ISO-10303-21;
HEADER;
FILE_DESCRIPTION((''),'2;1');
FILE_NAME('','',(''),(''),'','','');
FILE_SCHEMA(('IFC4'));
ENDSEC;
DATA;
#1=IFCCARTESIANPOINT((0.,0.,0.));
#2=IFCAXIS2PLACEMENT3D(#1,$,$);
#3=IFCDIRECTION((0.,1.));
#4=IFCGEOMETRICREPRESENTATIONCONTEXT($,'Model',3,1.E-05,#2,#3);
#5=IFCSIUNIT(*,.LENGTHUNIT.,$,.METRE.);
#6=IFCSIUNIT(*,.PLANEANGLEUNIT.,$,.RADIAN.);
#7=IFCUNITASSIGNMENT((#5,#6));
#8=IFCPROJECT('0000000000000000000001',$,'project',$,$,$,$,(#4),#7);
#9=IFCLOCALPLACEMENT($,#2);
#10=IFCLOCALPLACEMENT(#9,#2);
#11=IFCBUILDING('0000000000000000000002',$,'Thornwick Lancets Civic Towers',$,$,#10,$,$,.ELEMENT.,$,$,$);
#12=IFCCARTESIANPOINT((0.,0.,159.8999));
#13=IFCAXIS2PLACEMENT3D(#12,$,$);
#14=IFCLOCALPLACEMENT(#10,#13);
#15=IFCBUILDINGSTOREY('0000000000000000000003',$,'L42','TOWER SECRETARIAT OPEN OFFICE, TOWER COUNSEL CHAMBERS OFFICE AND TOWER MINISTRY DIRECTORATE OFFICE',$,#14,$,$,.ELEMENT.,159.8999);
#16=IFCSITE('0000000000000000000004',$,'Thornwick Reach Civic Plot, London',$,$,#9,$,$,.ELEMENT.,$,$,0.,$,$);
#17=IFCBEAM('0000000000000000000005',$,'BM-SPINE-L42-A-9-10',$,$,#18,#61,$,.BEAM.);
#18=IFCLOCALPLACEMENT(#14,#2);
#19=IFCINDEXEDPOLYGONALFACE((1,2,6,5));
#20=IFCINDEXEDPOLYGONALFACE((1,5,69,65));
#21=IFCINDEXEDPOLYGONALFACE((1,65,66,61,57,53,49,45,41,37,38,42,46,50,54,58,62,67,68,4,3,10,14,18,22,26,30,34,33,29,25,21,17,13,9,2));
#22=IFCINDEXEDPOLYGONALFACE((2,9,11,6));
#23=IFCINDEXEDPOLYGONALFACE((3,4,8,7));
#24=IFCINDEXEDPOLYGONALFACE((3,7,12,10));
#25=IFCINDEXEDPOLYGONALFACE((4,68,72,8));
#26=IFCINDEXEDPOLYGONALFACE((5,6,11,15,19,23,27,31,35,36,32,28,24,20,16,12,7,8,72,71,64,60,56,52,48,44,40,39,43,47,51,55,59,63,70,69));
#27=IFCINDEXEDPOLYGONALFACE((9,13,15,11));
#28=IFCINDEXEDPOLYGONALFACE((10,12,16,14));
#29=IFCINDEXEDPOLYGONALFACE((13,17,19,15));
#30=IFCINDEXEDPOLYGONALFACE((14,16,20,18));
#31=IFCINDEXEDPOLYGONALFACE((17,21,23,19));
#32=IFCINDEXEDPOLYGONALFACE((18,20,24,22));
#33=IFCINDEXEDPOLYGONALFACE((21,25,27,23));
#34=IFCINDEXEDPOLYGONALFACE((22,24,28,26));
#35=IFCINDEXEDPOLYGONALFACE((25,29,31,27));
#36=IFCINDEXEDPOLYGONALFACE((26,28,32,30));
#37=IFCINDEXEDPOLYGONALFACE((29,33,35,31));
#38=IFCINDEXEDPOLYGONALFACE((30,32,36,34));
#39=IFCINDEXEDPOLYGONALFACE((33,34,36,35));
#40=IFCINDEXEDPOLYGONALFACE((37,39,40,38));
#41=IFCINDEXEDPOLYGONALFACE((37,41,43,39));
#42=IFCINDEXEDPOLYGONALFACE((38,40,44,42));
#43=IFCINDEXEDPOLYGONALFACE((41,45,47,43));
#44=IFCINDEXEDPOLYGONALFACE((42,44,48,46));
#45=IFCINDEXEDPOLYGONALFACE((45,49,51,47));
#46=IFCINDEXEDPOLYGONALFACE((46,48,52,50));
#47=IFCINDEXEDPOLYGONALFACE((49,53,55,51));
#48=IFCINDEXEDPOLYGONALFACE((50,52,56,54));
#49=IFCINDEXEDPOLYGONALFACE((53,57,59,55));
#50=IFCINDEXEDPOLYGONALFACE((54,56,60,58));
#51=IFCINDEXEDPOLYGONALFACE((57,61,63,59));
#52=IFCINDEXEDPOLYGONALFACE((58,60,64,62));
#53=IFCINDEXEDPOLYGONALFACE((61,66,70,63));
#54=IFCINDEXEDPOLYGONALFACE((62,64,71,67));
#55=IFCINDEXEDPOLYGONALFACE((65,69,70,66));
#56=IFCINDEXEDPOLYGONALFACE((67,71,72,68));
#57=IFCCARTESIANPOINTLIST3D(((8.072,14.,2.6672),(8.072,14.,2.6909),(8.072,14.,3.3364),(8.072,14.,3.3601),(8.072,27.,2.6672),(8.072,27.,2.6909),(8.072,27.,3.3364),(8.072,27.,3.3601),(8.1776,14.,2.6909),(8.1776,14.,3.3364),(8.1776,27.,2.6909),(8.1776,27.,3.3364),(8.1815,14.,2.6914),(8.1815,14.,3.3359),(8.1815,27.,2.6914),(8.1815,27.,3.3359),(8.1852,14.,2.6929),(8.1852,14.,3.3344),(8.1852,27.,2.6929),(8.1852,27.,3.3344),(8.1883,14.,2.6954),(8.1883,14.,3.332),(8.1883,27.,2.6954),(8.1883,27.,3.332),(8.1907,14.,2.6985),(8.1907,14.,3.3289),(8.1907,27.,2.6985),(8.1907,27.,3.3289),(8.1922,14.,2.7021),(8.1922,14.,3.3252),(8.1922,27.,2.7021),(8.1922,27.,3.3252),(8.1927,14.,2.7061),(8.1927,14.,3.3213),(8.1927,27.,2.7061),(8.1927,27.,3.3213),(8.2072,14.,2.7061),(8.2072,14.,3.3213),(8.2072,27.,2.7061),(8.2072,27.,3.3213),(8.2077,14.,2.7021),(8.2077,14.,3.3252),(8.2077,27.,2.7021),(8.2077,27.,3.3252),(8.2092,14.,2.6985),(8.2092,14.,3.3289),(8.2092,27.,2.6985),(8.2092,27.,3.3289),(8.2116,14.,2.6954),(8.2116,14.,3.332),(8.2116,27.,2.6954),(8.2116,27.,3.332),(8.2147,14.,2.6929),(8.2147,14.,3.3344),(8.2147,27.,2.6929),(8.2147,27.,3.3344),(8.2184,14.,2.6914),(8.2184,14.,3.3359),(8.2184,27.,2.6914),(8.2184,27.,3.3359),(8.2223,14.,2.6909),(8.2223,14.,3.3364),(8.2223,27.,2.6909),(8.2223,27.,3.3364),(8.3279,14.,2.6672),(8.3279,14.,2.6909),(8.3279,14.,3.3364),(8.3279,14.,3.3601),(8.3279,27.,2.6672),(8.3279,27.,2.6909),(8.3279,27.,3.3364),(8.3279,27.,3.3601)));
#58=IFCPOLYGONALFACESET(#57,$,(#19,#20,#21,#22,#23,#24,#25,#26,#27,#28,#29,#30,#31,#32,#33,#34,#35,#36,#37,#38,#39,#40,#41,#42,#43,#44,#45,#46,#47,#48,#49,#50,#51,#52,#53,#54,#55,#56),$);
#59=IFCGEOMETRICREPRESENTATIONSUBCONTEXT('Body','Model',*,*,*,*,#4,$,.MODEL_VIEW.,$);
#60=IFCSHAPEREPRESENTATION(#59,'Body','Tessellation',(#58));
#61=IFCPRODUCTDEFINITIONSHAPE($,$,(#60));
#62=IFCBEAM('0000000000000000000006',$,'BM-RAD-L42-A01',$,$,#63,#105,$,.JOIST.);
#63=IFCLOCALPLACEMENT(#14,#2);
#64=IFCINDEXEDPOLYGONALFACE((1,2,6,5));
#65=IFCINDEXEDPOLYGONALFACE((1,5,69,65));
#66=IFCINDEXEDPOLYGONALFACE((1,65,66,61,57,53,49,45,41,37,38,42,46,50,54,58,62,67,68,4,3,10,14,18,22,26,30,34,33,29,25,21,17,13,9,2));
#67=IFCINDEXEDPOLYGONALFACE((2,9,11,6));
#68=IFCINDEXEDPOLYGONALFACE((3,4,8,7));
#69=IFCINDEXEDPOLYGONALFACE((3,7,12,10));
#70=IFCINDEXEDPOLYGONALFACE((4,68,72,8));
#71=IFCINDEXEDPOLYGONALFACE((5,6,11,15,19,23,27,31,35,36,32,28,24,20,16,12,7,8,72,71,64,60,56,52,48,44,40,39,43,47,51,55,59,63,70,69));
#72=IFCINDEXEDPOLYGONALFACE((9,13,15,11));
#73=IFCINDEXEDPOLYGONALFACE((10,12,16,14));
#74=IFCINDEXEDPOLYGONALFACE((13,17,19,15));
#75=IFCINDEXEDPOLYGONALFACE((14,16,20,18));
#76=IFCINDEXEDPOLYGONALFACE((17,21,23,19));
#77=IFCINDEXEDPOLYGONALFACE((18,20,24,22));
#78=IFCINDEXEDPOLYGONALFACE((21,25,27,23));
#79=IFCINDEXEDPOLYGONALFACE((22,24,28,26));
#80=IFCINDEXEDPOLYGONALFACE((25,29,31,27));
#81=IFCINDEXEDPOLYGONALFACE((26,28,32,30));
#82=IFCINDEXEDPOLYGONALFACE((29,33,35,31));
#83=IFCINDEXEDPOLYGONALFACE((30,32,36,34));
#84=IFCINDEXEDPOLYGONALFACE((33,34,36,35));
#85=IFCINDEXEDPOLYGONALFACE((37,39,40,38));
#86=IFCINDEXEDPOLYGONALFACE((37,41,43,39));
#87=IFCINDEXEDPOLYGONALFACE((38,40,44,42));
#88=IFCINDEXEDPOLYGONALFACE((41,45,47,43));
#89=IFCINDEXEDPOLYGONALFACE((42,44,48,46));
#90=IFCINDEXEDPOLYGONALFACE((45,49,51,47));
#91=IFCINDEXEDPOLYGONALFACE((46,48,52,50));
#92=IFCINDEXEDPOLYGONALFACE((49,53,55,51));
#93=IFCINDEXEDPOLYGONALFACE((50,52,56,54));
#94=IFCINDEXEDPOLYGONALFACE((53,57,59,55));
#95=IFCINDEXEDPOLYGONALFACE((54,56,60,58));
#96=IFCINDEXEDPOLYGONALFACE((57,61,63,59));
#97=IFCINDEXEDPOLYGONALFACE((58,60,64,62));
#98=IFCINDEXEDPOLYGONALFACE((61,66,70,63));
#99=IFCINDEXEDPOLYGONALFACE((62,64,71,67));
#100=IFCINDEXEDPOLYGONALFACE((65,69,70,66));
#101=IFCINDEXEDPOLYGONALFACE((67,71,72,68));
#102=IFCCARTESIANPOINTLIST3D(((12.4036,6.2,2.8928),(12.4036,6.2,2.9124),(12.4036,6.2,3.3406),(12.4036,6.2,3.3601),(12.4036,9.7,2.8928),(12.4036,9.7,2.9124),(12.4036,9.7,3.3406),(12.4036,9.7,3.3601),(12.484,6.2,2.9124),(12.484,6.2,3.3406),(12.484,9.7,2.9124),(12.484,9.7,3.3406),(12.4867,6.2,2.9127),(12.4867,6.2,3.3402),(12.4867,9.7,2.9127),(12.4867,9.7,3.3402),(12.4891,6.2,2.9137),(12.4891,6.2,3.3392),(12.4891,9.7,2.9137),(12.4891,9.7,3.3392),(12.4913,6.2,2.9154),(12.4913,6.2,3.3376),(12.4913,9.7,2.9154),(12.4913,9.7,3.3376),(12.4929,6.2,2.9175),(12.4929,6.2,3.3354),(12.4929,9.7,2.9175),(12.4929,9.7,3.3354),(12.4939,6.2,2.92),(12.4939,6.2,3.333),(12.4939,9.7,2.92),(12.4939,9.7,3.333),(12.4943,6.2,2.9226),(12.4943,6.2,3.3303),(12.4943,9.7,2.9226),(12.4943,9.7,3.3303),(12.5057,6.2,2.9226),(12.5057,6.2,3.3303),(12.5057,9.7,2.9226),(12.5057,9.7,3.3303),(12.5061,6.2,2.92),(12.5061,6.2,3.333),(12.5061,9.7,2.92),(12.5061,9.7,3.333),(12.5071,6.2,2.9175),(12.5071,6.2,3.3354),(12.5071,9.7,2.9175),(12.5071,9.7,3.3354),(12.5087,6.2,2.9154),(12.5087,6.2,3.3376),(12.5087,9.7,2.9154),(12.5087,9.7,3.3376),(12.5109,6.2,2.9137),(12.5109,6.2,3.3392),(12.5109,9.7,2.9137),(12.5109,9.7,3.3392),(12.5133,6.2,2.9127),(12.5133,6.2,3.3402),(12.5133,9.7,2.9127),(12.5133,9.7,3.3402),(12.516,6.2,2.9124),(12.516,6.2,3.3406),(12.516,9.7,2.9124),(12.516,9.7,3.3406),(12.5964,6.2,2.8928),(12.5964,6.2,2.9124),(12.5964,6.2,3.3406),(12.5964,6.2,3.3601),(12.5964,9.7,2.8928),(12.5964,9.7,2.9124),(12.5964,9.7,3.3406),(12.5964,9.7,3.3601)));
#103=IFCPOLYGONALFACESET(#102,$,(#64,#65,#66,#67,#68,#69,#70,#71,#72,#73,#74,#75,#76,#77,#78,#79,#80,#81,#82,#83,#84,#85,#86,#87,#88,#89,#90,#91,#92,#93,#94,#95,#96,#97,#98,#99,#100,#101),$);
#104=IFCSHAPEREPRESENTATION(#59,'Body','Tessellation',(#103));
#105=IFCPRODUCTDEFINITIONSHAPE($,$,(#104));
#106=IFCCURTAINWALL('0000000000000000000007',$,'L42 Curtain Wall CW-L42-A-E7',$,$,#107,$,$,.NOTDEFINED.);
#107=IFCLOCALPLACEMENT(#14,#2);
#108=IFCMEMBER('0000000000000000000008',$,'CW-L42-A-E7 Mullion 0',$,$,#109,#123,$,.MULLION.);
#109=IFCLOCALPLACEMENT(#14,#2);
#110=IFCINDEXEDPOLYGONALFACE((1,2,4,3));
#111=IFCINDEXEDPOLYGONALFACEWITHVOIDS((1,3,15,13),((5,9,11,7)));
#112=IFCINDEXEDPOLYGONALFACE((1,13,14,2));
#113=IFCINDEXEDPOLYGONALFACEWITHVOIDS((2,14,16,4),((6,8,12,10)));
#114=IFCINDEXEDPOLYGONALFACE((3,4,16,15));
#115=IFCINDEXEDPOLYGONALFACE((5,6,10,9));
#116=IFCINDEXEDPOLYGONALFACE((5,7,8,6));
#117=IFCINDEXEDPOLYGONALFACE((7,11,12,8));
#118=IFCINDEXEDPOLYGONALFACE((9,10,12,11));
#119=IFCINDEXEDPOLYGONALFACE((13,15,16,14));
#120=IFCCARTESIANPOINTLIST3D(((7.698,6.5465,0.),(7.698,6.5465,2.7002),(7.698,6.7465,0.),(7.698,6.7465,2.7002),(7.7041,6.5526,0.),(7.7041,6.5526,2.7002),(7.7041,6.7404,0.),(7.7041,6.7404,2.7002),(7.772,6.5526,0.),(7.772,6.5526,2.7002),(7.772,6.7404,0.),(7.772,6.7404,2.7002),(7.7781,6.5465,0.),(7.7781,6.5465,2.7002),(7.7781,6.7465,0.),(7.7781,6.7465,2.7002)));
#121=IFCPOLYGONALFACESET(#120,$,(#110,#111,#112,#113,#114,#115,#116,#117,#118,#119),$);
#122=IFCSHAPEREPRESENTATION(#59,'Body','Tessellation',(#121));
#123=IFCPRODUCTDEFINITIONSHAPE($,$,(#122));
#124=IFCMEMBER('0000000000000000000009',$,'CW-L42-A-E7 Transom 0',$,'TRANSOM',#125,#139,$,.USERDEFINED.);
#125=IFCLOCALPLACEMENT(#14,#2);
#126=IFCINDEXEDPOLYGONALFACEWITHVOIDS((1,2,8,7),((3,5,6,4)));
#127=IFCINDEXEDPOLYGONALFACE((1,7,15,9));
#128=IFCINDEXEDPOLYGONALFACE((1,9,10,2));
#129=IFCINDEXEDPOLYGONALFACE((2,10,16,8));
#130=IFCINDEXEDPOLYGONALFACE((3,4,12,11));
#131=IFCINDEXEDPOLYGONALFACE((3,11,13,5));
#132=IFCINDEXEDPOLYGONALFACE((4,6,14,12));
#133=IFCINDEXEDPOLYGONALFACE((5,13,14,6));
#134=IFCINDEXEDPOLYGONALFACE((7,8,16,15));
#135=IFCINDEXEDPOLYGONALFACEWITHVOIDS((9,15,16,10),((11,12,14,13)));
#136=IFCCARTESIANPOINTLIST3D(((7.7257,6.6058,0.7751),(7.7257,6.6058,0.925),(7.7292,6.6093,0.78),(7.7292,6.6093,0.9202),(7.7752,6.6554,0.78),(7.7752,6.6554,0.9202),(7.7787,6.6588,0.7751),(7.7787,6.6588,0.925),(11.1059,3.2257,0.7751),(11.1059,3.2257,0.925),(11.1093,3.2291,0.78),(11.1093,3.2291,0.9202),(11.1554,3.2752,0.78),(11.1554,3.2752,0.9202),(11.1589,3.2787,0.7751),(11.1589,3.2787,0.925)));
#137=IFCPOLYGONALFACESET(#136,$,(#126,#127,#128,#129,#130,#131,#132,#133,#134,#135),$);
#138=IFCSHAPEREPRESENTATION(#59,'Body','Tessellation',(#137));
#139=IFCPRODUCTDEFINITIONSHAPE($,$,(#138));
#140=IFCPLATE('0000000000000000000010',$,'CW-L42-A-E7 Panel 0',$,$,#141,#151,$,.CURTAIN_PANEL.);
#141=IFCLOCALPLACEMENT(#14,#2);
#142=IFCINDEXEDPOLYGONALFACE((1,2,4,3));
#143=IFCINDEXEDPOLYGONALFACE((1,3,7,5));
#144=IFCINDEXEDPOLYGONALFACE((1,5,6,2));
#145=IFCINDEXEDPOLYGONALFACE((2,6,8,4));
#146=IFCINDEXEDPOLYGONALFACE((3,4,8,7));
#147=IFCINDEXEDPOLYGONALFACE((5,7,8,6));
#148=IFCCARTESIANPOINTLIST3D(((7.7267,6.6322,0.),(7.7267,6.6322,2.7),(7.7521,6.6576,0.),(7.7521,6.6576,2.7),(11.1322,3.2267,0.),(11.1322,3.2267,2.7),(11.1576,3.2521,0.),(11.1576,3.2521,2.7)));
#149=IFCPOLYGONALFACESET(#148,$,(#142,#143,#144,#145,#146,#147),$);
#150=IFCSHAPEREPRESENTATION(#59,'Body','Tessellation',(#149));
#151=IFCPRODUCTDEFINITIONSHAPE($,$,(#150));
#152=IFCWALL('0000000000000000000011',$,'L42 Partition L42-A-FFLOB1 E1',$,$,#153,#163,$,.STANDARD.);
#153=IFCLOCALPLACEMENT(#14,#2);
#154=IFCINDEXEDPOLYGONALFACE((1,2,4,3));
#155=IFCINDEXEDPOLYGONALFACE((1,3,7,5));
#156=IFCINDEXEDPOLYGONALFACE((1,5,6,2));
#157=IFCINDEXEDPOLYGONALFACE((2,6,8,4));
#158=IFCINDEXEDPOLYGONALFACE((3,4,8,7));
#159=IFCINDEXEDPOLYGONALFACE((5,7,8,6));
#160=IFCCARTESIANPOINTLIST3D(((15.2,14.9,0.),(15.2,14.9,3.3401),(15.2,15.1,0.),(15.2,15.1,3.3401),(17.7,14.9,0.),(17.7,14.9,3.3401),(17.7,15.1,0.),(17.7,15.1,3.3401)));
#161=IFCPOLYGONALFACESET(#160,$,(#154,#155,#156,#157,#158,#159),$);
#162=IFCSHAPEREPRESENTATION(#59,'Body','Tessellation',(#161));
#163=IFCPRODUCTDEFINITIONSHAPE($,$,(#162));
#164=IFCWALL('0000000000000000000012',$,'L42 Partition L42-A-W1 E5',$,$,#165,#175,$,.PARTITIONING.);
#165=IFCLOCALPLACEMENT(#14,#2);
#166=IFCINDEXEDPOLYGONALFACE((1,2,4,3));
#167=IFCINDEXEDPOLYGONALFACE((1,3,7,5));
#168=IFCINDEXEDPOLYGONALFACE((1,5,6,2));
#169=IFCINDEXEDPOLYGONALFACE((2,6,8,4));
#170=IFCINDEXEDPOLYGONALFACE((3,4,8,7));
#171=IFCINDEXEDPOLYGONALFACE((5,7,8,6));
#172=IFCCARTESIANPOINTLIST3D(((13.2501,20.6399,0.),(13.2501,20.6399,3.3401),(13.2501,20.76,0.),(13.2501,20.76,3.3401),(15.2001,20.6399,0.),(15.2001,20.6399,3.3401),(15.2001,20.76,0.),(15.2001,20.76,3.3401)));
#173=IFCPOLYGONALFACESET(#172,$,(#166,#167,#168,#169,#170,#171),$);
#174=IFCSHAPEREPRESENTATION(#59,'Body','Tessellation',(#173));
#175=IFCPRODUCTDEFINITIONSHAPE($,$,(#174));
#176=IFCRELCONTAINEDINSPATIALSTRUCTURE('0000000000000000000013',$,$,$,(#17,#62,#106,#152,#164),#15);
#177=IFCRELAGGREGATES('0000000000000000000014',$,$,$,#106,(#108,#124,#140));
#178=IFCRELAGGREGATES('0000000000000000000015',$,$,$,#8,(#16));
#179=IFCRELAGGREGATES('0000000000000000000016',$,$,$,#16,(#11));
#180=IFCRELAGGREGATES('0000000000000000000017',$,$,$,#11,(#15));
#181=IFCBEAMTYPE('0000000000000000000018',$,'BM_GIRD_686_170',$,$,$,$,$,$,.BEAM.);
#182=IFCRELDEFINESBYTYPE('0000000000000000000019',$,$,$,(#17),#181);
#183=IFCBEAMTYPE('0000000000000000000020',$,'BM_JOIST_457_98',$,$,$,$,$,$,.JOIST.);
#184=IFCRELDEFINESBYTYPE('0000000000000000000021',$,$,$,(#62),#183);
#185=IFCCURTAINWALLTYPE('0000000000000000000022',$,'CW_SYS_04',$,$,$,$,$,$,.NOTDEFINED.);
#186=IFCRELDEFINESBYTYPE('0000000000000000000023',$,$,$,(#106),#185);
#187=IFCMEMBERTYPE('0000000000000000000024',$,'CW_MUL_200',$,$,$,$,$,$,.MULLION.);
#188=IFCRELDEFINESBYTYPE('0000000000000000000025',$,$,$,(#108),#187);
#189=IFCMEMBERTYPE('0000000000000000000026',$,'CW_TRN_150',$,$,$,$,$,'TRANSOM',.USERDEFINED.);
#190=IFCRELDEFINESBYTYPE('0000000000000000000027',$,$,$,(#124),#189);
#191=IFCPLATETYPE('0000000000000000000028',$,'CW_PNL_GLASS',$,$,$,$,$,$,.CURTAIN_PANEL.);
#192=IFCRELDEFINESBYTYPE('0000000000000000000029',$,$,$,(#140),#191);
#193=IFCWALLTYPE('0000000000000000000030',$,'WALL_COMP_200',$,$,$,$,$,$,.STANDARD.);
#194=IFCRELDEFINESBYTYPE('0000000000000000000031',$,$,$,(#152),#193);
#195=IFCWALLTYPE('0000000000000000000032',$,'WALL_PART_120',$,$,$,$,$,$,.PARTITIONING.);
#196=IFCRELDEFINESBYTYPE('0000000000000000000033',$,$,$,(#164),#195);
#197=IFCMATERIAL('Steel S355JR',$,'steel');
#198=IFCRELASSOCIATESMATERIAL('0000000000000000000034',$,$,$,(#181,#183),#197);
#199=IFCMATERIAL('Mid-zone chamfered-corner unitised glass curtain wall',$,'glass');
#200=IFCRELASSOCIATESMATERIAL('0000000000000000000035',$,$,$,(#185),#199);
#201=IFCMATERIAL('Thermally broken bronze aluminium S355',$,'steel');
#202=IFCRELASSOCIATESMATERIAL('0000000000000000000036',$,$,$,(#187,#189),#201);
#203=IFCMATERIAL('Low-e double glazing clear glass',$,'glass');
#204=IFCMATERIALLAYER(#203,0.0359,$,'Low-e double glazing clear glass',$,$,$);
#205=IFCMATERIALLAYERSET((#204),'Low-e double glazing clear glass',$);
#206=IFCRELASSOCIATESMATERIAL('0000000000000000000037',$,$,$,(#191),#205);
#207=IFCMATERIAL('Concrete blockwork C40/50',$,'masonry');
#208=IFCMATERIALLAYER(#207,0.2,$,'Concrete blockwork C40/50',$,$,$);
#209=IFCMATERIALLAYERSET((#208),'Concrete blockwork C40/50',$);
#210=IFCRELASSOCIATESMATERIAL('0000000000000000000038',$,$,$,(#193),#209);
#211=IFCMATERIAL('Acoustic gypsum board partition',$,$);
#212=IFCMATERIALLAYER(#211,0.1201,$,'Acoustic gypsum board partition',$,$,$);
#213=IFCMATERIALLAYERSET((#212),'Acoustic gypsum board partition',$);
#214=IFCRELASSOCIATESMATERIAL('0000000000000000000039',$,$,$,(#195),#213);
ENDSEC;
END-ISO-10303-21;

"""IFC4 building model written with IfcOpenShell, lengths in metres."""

from ifc_helpers import new_model, si_unit, direction, frame, frame_2d, origin, origin_2d, place, context, subcontext, project, spatial, rectangle, hollow_rectangle, i_section, extrude, material, layer, layer_set, material_profile, profile_set, type_object, element, aggregate, save


model = new_model("IFC4")

# Units and contexts
model_context = context("Model", 3, precision=1e-05, world=origin(), true_north=direction((0.0, 1.0)))
body_context = subcontext(model_context, "Body", "Model", "MODEL_VIEW")
ifc_project = project(units=[si_unit("LENGTHUNIT", "METRE"), si_unit("PLANEANGLEUNIT", "RADIAN")], contexts=[model_context])

# Site, building, storey
site_placement = place(None, origin())
site = spatial("IfcSite", under=ifc_project, at=site_placement, Name="Thornwick Reach Civic Plot, London", CompositionType="ELEMENT", RefElevation=0.0)
building_placement = place(site_placement, origin())
building = spatial("IfcBuilding", under=site, at=building_placement, Name="Thornwick Lancets Civic Towers", CompositionType="ELEMENT")
storey_placement = place(building_placement, frame((0.0, 0.0, 159.8999)))
storey = spatial("IfcBuildingStorey", under=building, at=storey_placement, Name="L42", Description="TOWER SECRETARIAT OPEN OFFICE, TOWER COUNSEL CHAMBERS OFFICE AND TOWER MINISTRY DIRECTORATE OFFICE", CompositionType="ELEMENT", Elevation=159.8999)

# Beams
ifc_material_1 = material(Name="Steel S355JR", Category="steel")
ifc_material_profile_1 = material_profile(ifc_material_1, i_section(OverallWidth=0.2559, OverallDepth=0.6929, WebThickness=0.0144, FlangeThickness=0.0237, FilletRadius=0.0151, at=origin_2d()), Name="UKB 686x254x170")
ifc_profile_set_1 = profile_set([ifc_material_profile_1], Name="Steel S355JR")
beam_type_1 = type_object("IfcBeamType", Name="BM_GIRD_686_170", PredefinedType="BEAM", material=ifc_profile_set_1)
for number, where, z_axis, x_axis, name in (
    (1, (8.2, 14.0, 3.0137), (0.0, 1.0, 0.0), (-1.0, 0.0, 0.0), "BM-SPINE-L42-A-9-10"),
):
    element("IfcBeam", number, at=place(storey_placement, frame(where, z_axis=z_axis, x_axis=x_axis)), inside=storey, type_object=beam_type_1, Name=name, PredefinedType="BEAM", context=body_context, shape_type="SweptSolid", body=[
        extrude(i_section(OverallWidth=0.2559, OverallDepth=0.6929, WebThickness=0.0144, FlangeThickness=0.0237, FilletRadius=0.0151, at=origin_2d()), origin(), (0.0, 0.0, 1.0), 13.0),
    ])
ifc_material_profile_2 = material_profile(ifc_material_1, i_section(OverallWidth=0.1929, OverallDepth=0.4673, WebThickness=0.0115, FlangeThickness=0.0195, FilletRadius=0.0103, at=origin_2d()), Name="UKB 457x191x98")
ifc_profile_set_2 = profile_set([ifc_material_profile_2], Name="Steel S355JR")
beam_type_2 = type_object("IfcBeamType", Name="BM_JOIST_457_98", PredefinedType="JOIST", material=ifc_profile_set_2)
beam_1_placement = place(storey_placement, frame((12.5, 9.7, 3.1265), z_axis=(0.0, -1.0, 0.0), x_axis=(1.0, 0.0, 0.0)))
element("IfcBeam", 2, at=beam_1_placement, inside=storey, type_object=beam_type_2, Name="BM-RAD-L42-A01", PredefinedType="JOIST", context=body_context, shape_type="SweptSolid", body=[
    extrude(i_section(OverallWidth=0.1929, OverallDepth=0.4673, WebThickness=0.0115, FlangeThickness=0.0195, FilletRadius=0.0103, at=origin_2d()), origin(), (0.0, 0.0, 1.0), 3.5),
])

# Curtain wall, members, plate
ifc_material_2 = material(Name="Mid-zone chamfered-corner unitised glass curtain wall", Category="glass")
curtain_wall_type = type_object("IfcCurtainWallType", Name="CW_SYS_04", PredefinedType="NOTDEFINED", material=ifc_material_2)
curtain_wall_placement = place(storey_placement, origin())
curtain_wall = element("IfcCurtainWall", 3, at=curtain_wall_placement, inside=storey, type_object=curtain_wall_type, Name="L42 Curtain Wall CW-L42-A-E7", PredefinedType="NOTDEFINED")
ifc_material_3 = material(Name="Thermally broken bronze aluminium S355", Category="steel")
ifc_material_profile_3 = material_profile(ifc_material_3, hollow_rectangle(XDim=0.0801, YDim=0.2, WallThickness=0.0061, at=origin_2d()), Name="RHS 200x80x6")
ifc_profile_set_3 = profile_set([ifc_material_profile_3], Name="Thermally broken bronze aluminium S355")
member_type_1 = type_object("IfcMemberType", Name="CW_MUL_200", PredefinedType="MULLION", material=ifc_profile_set_3)
member_1_placement = place(storey_placement, frame((7.738, 6.6465, 0.0), z_axis=(0.0, 0.0, 1.0), x_axis=(1.0, 0.0, 0.0)))
member_1 = element("IfcMember", 4, at=member_1_placement, type_object=member_type_1, Name="CW-L42-A-E7 Mullion 0", PredefinedType="MULLION", context=body_context, shape_type="SweptSolid", body=[
    extrude(hollow_rectangle(XDim=0.0801, YDim=0.2, WallThickness=0.0061, at=origin_2d()), origin(), (0.0, 0.0, 1.0), 2.7002),
])
ifc_material_profile_4 = material_profile(ifc_material_3, hollow_rectangle(XDim=0.075, YDim=0.1499, WallThickness=0.0049, at=origin_2d()), Name="RHS 150x75x5")
ifc_profile_set_4 = profile_set([ifc_material_profile_4], Name="Thermally broken bronze aluminium S355")
member_type_2 = type_object("IfcMemberType", Name="CW_TRN_150", ElementType="TRANSOM", PredefinedType="USERDEFINED", material=ifc_profile_set_4)
member_2_placement = place(storey_placement, frame((7.7522, 6.6323, 0.8501), z_axis=(0.707107, -0.707107, 0.0), x_axis=(0.707107, 0.707107, 0.0)))
member_2 = element("IfcMember", 5, at=member_2_placement, type_object=member_type_2, Name="CW-L42-A-E7 Transom 0", ObjectType="TRANSOM", PredefinedType="USERDEFINED", context=body_context, shape_type="SweptSolid", body=[
    extrude(hollow_rectangle(XDim=0.075, YDim=0.1499, WallThickness=0.0049, at=origin_2d()), origin(), (0.0, 0.0, 1.0), 4.7803),
])
ifc_material_4 = material(Name="Low-e double glazing clear glass", Category="glass")
ifc_layer_1 = layer(ifc_material_4, 0.0359, Name="Low-e double glazing clear glass")
ifc_layer_set_1 = layer_set([ifc_layer_1], Name="Low-e double glazing clear glass")
plate_type = type_object("IfcPlateType", Name="CW_PNL_GLASS", PredefinedType="CURTAIN_PANEL", material=ifc_layer_set_1)
plate_placement = place(storey_placement, frame((9.4421, 4.9421, 0.0), z_axis=(0.0, 0.0, 1.0), x_axis=(0.707107, -0.707107, 0.0)))
plate = element("IfcPlate", 6, at=plate_placement, type_object=plate_type, Name="CW-L42-A-E7 Panel 0", PredefinedType="CURTAIN_PANEL", context=body_context, shape_type="SweptSolid", body=[
    extrude(rectangle(XDim=4.8162, YDim=0.0359, at=origin_2d()), origin(), (0.0, 0.0, 1.0), 2.7),
])
aggregate(curtain_wall, [member_1, member_2, plate])

# Walls
ifc_material_5 = material(Name="Concrete blockwork C40/50", Category="masonry")
ifc_layer_2 = layer(ifc_material_5, 0.2, Name="Concrete blockwork C40/50")
ifc_layer_set_2 = layer_set([ifc_layer_2], Name="Concrete blockwork C40/50")
wall_type_1 = type_object("IfcWallType", Name="WALL_COMP_200", PredefinedType="STANDARD", material=ifc_layer_set_2)
wall_1_placement = place(storey_placement, frame((15.2, 15.0, 0.0), z_axis=(0.0, 0.0, 1.0), x_axis=(1.0, 0.0, 0.0)))
element("IfcWall", 7, at=wall_1_placement, inside=storey, type_object=wall_type_1, Name="L42 Partition L42-A-FFLOB1 E1", PredefinedType="STANDARD", context=body_context, shape_type="SweptSolid", body=[
    extrude(rectangle(XDim=2.5, YDim=0.2, at=frame_2d((1.25, 0.0))), origin(), (0.0, 0.0, 1.0), 3.3401),
])
ifc_material_6 = material(Name="Acoustic gypsum board partition")
ifc_layer_3 = layer(ifc_material_6, 0.1201, Name="Acoustic gypsum board partition")
ifc_layer_set_3 = layer_set([ifc_layer_3], Name="Acoustic gypsum board partition")
wall_type_2 = type_object("IfcWallType", Name="WALL_PART_120", PredefinedType="PARTITIONING", material=ifc_layer_set_3)
wall_2_placement = place(storey_placement, frame((13.25, 20.7, 0.0), z_axis=(0.0, 0.0, 1.0), x_axis=(1.0, 0.0, 0.0)))
element("IfcWall", 8, at=wall_2_placement, inside=storey, type_object=wall_type_2, Name="L42 Partition L42-A-W1 E5", PredefinedType="PARTITIONING", context=body_context, shape_type="SweptSolid", body=[
    extrude(rectangle(XDim=1.95, YDim=0.1201, at=frame_2d((0.9751, 0.0))), origin(), (0.0, 0.0, 1.0), 3.3401),
])

save(model, "model.ifc")
